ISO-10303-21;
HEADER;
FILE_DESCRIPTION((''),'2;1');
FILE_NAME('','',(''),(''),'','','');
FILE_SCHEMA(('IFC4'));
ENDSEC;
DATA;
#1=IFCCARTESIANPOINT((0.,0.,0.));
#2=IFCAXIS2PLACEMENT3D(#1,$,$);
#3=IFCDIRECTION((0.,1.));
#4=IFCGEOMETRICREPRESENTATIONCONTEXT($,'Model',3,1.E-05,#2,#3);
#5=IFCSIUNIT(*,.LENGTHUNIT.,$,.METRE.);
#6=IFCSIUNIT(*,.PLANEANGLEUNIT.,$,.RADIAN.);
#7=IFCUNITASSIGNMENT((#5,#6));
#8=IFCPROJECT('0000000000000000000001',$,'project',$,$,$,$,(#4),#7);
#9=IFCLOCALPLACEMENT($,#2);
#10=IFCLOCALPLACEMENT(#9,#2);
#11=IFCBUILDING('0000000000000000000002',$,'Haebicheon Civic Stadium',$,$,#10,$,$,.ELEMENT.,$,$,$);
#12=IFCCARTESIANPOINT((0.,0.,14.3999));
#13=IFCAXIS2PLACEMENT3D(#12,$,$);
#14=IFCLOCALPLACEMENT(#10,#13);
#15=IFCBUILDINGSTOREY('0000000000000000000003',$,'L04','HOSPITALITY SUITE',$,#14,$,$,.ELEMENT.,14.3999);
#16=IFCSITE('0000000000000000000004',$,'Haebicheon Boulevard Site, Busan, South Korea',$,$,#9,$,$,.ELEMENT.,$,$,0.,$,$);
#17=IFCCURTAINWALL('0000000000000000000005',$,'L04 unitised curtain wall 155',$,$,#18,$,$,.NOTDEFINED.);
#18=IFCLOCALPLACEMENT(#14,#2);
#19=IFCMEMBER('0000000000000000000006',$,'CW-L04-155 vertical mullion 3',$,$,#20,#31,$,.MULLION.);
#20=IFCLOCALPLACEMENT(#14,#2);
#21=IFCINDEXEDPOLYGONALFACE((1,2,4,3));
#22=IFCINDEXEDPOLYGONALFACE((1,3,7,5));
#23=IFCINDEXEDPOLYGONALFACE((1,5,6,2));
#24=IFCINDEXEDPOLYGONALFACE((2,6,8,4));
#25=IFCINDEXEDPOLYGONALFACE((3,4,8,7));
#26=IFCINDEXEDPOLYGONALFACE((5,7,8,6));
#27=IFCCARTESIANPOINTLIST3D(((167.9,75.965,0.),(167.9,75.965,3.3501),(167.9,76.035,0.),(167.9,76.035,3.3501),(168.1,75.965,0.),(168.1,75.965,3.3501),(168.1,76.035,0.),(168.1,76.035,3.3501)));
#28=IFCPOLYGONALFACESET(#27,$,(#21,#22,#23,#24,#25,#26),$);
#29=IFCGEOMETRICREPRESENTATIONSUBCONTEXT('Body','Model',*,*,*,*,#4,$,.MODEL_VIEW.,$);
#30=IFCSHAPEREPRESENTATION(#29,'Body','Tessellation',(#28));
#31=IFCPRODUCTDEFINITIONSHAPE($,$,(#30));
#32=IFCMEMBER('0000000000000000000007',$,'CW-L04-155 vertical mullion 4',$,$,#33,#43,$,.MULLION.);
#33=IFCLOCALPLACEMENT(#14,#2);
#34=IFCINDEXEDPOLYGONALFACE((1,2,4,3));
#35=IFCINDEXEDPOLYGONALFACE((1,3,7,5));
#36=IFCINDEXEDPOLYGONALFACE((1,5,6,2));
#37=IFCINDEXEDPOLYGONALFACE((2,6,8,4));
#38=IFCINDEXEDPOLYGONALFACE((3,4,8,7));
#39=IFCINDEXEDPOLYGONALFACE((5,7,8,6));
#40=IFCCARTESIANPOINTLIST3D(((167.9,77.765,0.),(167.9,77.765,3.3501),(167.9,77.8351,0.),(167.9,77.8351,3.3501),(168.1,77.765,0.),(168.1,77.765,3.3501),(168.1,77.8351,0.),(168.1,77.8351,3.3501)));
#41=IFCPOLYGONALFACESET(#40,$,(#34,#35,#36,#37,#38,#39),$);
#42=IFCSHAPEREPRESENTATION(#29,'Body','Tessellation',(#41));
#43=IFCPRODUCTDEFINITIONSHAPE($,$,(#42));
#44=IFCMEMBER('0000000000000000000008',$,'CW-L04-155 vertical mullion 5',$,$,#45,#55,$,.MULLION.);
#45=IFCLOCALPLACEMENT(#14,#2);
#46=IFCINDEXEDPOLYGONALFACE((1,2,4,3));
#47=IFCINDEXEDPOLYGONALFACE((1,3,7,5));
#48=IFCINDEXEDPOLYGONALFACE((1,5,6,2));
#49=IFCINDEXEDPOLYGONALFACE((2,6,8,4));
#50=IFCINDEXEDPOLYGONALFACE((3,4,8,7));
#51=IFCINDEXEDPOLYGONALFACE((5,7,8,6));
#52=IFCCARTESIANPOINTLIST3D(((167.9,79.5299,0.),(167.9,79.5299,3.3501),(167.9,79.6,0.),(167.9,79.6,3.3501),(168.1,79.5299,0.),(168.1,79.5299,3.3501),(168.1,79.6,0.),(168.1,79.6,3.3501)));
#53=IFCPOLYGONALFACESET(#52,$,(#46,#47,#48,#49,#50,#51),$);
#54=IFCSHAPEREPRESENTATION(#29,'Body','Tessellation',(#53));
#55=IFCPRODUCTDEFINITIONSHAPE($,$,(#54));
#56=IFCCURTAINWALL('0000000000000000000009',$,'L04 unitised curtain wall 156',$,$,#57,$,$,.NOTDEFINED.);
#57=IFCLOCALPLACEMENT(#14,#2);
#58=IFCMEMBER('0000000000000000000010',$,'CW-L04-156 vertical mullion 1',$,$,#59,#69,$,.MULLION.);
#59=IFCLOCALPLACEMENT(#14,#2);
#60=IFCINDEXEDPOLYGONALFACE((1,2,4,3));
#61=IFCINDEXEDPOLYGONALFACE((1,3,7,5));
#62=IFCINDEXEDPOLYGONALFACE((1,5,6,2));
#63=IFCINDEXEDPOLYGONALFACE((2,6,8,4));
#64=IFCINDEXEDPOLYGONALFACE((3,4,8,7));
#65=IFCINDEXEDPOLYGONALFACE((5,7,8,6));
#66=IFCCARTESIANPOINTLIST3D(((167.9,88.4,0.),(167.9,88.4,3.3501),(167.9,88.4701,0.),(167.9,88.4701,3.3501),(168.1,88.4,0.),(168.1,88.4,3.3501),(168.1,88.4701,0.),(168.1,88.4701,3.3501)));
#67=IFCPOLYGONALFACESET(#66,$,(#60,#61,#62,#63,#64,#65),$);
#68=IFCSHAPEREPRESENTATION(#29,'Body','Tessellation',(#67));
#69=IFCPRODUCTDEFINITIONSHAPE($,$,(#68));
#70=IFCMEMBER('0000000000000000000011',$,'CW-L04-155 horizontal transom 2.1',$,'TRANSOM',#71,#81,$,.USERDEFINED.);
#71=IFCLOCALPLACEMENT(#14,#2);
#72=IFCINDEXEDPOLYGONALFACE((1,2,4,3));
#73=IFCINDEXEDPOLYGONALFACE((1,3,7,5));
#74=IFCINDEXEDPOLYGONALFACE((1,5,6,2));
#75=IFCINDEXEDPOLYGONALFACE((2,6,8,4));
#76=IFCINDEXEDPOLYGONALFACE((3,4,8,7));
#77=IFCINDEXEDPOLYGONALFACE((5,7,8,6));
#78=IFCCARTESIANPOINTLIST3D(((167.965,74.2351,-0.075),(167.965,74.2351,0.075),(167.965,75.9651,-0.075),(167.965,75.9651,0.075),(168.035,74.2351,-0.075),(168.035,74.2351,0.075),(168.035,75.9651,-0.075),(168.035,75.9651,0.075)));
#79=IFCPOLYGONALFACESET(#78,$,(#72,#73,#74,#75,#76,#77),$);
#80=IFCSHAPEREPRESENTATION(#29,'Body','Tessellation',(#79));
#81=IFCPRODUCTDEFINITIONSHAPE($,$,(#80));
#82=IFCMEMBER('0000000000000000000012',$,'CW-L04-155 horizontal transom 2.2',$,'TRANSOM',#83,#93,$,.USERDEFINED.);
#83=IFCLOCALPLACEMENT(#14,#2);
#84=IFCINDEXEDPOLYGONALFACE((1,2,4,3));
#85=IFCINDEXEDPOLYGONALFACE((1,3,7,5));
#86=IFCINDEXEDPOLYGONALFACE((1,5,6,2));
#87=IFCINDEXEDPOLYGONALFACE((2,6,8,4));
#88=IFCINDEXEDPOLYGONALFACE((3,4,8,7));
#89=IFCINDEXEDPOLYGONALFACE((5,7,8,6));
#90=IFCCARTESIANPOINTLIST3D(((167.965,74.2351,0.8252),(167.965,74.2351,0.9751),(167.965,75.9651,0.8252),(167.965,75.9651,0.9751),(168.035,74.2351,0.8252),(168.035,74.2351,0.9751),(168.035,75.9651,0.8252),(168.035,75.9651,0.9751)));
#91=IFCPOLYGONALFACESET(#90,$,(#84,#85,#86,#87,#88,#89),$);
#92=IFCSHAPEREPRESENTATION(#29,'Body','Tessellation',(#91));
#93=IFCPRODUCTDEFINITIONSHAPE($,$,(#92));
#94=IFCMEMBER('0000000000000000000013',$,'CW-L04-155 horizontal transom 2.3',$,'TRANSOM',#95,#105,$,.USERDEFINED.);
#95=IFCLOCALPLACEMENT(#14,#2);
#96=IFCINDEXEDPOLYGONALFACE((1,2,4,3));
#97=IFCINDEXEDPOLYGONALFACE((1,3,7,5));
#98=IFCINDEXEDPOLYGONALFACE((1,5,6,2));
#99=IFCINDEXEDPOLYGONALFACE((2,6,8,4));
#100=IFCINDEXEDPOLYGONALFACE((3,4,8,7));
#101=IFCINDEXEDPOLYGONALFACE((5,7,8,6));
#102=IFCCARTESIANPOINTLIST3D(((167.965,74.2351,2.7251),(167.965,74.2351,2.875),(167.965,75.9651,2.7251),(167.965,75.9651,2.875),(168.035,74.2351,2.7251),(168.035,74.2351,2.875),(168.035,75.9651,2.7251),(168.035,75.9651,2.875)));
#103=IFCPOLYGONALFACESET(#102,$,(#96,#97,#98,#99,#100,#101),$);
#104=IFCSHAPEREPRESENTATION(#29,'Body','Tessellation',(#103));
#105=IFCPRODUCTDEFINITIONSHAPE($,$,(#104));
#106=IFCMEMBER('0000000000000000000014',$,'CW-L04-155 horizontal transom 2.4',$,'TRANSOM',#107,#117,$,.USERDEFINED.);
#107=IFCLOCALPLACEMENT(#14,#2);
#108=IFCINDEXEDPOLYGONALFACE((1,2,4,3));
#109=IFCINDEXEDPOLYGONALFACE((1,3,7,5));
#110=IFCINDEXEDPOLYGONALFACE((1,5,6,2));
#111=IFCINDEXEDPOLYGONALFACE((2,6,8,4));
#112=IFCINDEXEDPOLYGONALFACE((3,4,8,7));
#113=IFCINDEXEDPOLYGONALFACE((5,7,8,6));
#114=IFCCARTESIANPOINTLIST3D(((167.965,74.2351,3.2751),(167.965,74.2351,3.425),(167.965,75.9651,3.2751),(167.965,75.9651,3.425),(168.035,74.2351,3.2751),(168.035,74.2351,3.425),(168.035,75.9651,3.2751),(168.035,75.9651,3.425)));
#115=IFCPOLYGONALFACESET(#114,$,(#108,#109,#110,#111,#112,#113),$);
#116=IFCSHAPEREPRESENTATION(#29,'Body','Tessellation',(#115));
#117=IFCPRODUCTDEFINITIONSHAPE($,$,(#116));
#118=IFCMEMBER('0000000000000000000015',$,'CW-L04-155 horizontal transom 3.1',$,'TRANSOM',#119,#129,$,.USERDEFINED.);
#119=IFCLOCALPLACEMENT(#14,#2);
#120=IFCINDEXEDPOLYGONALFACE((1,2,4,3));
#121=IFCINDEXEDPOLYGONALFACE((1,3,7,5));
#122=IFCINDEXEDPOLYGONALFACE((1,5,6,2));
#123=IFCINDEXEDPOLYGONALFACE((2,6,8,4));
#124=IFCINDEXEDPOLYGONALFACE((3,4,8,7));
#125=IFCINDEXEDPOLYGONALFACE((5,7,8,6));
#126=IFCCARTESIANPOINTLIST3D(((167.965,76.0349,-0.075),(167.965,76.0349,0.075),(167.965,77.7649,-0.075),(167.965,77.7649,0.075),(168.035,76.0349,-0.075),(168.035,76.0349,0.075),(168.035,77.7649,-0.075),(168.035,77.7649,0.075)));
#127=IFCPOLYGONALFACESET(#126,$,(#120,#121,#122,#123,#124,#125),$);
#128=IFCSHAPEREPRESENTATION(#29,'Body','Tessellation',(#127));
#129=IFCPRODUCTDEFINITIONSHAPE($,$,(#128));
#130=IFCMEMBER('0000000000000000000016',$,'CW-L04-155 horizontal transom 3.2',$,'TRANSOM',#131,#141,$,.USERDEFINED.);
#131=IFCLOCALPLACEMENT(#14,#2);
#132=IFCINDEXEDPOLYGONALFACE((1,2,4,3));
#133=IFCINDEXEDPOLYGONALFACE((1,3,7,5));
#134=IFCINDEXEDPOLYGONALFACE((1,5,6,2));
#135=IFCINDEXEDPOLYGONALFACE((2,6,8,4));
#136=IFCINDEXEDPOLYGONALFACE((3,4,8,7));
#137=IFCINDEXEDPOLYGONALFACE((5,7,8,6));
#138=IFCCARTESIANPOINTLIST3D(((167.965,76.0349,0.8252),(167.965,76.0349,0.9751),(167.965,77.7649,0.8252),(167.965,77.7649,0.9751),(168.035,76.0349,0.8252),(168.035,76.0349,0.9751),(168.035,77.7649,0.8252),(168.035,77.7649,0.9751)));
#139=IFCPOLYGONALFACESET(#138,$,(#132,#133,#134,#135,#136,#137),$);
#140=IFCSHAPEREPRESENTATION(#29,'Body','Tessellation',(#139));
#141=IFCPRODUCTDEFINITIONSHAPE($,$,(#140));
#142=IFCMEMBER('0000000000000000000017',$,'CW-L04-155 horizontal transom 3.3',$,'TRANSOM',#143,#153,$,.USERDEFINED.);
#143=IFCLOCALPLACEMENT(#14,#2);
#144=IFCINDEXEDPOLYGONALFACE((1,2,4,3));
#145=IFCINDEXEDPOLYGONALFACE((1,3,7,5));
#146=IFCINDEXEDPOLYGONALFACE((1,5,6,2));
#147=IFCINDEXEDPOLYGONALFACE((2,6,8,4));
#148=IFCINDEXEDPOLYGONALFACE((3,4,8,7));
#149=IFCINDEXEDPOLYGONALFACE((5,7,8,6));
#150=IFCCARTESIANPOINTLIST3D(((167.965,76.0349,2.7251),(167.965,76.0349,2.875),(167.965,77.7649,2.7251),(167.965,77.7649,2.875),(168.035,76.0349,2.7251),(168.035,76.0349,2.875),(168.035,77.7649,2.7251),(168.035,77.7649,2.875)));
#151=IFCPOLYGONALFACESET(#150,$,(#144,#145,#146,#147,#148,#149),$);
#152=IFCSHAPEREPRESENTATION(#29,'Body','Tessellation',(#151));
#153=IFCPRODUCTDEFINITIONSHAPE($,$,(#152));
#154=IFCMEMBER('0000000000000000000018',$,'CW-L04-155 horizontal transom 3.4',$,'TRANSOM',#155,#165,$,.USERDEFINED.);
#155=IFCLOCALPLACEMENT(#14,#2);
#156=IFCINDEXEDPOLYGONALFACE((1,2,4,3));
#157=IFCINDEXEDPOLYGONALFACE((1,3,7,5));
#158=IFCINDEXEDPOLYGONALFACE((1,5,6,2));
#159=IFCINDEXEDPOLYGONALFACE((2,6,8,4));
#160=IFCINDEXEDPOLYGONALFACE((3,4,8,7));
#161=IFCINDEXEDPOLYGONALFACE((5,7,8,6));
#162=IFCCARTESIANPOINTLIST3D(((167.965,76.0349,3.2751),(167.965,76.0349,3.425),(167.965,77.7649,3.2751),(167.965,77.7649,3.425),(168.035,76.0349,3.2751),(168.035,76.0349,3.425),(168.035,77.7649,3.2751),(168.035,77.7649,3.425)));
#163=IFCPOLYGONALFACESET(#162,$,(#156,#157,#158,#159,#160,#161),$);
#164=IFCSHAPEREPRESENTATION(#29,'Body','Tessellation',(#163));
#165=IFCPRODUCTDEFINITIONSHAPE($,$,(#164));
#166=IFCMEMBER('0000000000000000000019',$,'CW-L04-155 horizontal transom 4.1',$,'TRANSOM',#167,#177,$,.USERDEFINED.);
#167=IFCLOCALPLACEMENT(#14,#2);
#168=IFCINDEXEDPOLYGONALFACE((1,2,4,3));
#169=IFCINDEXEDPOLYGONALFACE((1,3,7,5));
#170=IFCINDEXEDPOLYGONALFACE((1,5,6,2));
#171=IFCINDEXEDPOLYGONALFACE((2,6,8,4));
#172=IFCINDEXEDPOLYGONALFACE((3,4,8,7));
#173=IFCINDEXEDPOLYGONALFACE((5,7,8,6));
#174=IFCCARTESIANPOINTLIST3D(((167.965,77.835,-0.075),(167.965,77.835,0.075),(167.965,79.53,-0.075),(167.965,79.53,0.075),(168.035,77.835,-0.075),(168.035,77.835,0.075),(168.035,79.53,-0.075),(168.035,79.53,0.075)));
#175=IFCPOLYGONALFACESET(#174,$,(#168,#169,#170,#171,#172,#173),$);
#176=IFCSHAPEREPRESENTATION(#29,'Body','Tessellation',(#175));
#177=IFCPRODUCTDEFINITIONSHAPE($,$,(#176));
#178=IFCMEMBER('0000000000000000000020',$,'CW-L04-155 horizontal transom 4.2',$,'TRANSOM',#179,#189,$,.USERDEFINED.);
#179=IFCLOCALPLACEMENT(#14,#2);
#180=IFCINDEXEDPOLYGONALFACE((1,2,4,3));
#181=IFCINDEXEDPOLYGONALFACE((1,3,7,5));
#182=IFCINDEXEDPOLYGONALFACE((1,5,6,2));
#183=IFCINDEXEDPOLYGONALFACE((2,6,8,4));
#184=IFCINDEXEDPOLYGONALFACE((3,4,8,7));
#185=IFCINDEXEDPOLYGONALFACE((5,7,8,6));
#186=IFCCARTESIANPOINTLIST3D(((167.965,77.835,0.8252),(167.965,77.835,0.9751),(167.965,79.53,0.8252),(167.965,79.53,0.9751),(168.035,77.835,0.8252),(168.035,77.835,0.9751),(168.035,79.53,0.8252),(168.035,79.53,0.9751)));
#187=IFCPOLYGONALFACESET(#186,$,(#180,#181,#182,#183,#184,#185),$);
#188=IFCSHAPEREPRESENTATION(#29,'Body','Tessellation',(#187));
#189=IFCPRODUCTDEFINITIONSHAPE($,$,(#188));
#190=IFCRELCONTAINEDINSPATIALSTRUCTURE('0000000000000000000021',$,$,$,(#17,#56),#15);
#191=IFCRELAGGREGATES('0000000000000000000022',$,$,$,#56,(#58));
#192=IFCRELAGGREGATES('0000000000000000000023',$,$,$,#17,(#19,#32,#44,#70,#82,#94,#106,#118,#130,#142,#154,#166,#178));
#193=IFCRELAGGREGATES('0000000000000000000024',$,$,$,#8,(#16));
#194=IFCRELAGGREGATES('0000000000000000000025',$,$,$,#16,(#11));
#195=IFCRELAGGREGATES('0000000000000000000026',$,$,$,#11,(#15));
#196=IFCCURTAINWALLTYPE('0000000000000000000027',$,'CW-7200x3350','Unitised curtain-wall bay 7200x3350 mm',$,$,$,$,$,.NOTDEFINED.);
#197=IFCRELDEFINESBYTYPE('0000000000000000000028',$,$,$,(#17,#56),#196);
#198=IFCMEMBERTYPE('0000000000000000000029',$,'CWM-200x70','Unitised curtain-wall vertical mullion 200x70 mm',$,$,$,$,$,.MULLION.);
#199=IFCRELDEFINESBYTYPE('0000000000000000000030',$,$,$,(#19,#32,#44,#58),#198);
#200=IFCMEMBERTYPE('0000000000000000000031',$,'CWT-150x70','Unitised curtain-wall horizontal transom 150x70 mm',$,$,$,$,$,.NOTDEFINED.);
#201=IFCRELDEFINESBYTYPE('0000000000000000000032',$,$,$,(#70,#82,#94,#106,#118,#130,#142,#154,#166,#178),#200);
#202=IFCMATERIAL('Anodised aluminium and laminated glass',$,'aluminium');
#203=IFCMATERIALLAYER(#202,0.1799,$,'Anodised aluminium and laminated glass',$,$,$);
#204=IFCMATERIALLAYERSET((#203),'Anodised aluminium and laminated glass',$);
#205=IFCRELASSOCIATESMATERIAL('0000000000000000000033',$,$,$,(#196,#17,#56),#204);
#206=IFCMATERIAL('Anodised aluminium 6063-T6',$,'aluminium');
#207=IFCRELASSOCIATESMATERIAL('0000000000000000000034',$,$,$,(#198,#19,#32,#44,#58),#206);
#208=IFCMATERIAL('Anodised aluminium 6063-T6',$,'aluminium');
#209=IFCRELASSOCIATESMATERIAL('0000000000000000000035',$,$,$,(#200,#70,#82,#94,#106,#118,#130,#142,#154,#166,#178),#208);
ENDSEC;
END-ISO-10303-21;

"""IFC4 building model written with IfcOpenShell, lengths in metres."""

from ifc_helpers import new_model, si_unit, direction, frame, origin, origin_2d, place, context, subcontext, project, spatial, rectangle, extrude, material, layer, layer_set, material_profile, profile_set, type_object, element, aggregate, save


model = new_model("IFC4")

# Units and contexts
model_context = context("Model", 3, precision=1e-05, world=origin(), true_north=direction((0.0, 1.0)))
body_context = subcontext(model_context, "Body", "Model", "MODEL_VIEW")
ifc_project = project(units=[si_unit("LENGTHUNIT", "METRE"), si_unit("PLANEANGLEUNIT", "RADIAN")], contexts=[model_context])

# Site, building, storey
site_placement = place(None, origin())
site = spatial("IfcSite", under=ifc_project, at=site_placement, Name="Haebicheon Boulevard Site, Busan, South Korea", CompositionType="ELEMENT", RefElevation=0.0)
building_placement = place(site_placement, origin())
building = spatial("IfcBuilding", under=site, at=building_placement, Name="Haebicheon Civic Stadium", CompositionType="ELEMENT")
storey_placement = place(building_placement, frame((0.0, 0.0, 14.3999)))
storey = spatial("IfcBuildingStorey", under=building, at=storey_placement, Name="L04", Description="HOSPITALITY SUITE", CompositionType="ELEMENT", Elevation=14.3999)

# Curtain wall, members
ifc_material_1 = material(Name="Anodised aluminium and laminated glass", Category="aluminium")
ifc_layer_1 = layer(ifc_material_1, 0.1799, Name="Anodised aluminium and laminated glass")
ifc_layer_set_1 = layer_set([ifc_layer_1], Name="Anodised aluminium and laminated glass")
curtain_wall_type = type_object("IfcCurtainWallType", Name="CW-7200x3350", Description="Unitised curtain-wall bay 7200x3350 mm", PredefinedType="NOTDEFINED", material=ifc_layer_set_1)
curtain_wall_1_placement = place(storey_placement, origin())
curtain_wall_1 = element("IfcCurtainWall", 1, at=curtain_wall_1_placement, inside=storey, type_object=curtain_wall_type, material=ifc_layer_set_1, Name="L04 unitised curtain wall 155", PredefinedType="NOTDEFINED")
ifc_material_2 = material(Name="Anodised aluminium 6063-T6", Category="aluminium")
ifc_material_profile_1 = material_profile(ifc_material_2, rectangle(XDim=0.0701, YDim=0.2, at=origin_2d()), Name="ALU-MULL-70x200")
ifc_profile_set_1 = profile_set([ifc_material_profile_1], Name="Anodised aluminium 6063-T6")
member_type_1 = type_object("IfcMemberType", Name="CWM-200x70", Description="Unitised curtain-wall vertical mullion 200x70 mm", PredefinedType="MULLION", material=ifc_profile_set_1)
member_1_placement = place(storey_placement, frame((168.0, 76.0, 0.0), z_axis=(0.0, 0.0, 1.0), x_axis=(0.0, 1.0, 0.0)))
member_1 = element("IfcMember", 2, at=member_1_placement, type_object=member_type_1, material=ifc_profile_set_1, Name="CW-L04-155 vertical mullion 3", PredefinedType="MULLION", context=body_context, shape_type="SweptSolid", body=[
    extrude(rectangle(XDim=0.0701, YDim=0.2, at=origin_2d()), origin(), (0.0, 0.0, 1.0), 3.3501),
])
member_2_placement = place(storey_placement, frame((168.0, 77.8, 0.0), z_axis=(0.0, 0.0, 1.0), x_axis=(0.0, 1.0, 0.0)))
member_2 = element("IfcMember", 3, at=member_2_placement, type_object=member_type_1, material=ifc_profile_set_1, Name="CW-L04-155 vertical mullion 4", PredefinedType="MULLION", context=body_context, shape_type="SweptSolid", body=[
    extrude(rectangle(XDim=0.0701, YDim=0.2, at=origin_2d()), origin(), (0.0, 0.0, 1.0), 3.3501),
])
member_3_placement = place(storey_placement, frame((168.0, 79.5649, 0.0), z_axis=(0.0, 0.0, 1.0), x_axis=(0.0, 1.0, 0.0)))
member_3 = element("IfcMember", 4, at=member_3_placement, type_object=member_type_1, material=ifc_profile_set_1, Name="CW-L04-155 vertical mullion 5", PredefinedType="MULLION", context=body_context, shape_type="SweptSolid", body=[
    extrude(rectangle(XDim=0.0701, YDim=0.2, at=origin_2d()), origin(), (0.0, 0.0, 1.0), 3.3501),
])

# Curtain wall, member
curtain_wall_2_placement = place(storey_placement, origin())
curtain_wall_2 = element("IfcCurtainWall", 5, at=curtain_wall_2_placement, inside=storey, type_object=curtain_wall_type, material=ifc_layer_set_1, Name="L04 unitised curtain wall 156", PredefinedType="NOTDEFINED")
member_4_placement = place(storey_placement, frame((168.0, 88.4351, 0.0), z_axis=(0.0, 0.0, 1.0), x_axis=(0.0, 1.0, 0.0)))
member_4 = element("IfcMember", 6, at=member_4_placement, type_object=member_type_1, material=ifc_profile_set_1, Name="CW-L04-156 vertical mullion 1", PredefinedType="MULLION", context=body_context, shape_type="SweptSolid", body=[
    extrude(rectangle(XDim=0.0701, YDim=0.2, at=origin_2d()), origin(), (0.0, 0.0, 1.0), 3.3501),
])

# Members
ifc_material_3 = material(Name="Anodised aluminium 6063-T6", Category="aluminium")
ifc_material_profile_2 = material_profile(ifc_material_3, rectangle(XDim=0.0701, YDim=0.1499, at=origin_2d()), Name="ALU-TRAN-70x150")
ifc_profile_set_2 = profile_set([ifc_material_profile_2], Name="Anodised aluminium 6063-T6")
member_type_2 = type_object("IfcMemberType", Name="CWT-150x70", Description="Unitised curtain-wall horizontal transom 150x70 mm", PredefinedType="NOTDEFINED", material=ifc_profile_set_2)
member_5_placement = place(storey_placement, frame((168.0, 74.2351, 0.0), z_axis=(0.0, 1.0, 0.0), x_axis=(-1.0, 0.0, 0.0)))
member_5 = element("IfcMember", 7, at=member_5_placement, type_object=member_type_2, material=ifc_profile_set_2, Name="CW-L04-155 horizontal transom 2.1", ObjectType="TRANSOM", PredefinedType="USERDEFINED", context=body_context, shape_type="SweptSolid", body=[
    extrude(rectangle(XDim=0.0701, YDim=0.1499, at=origin_2d()), origin(), (0.0, 0.0, 1.0), 1.73),
])
member_6_placement = place(storey_placement, frame((168.0, 74.2351, 0.9001), z_axis=(0.0, 1.0, 0.0), x_axis=(-1.0, 0.0, 0.0)))
member_6 = element("IfcMember", 8, at=member_6_placement, type_object=member_type_2, material=ifc_profile_set_2, Name="CW-L04-155 horizontal transom 2.2", ObjectType="TRANSOM", PredefinedType="USERDEFINED", context=body_context, shape_type="SweptSolid", body=[
    extrude(rectangle(XDim=0.0701, YDim=0.1499, at=origin_2d()), origin(), (0.0, 0.0, 1.0), 1.73),
])
member_7_placement = place(storey_placement, frame((168.0, 74.2351, 2.8), z_axis=(0.0, 1.0, 0.0), x_axis=(-1.0, 0.0, 0.0)))
member_7 = element("IfcMember", 9, at=member_7_placement, type_object=member_type_2, material=ifc_profile_set_2, Name="CW-L04-155 horizontal transom 2.3", ObjectType="TRANSOM", PredefinedType="USERDEFINED", context=body_context, shape_type="SweptSolid", body=[
    extrude(rectangle(XDim=0.0701, YDim=0.1499, at=origin_2d()), origin(), (0.0, 0.0, 1.0), 1.73),
])
member_8_placement = place(storey_placement, frame((168.0, 74.2351, 3.3501), z_axis=(0.0, 1.0, 0.0), x_axis=(-1.0, 0.0, 0.0)))
member_8 = element("IfcMember", 10, at=member_8_placement, type_object=member_type_2, material=ifc_profile_set_2, Name="CW-L04-155 horizontal transom 2.4", ObjectType="TRANSOM", PredefinedType="USERDEFINED", context=body_context, shape_type="SweptSolid", body=[
    extrude(rectangle(XDim=0.0701, YDim=0.1499, at=origin_2d()), origin(), (0.0, 0.0, 1.0), 1.73),
])
member_9_placement = place(storey_placement, frame((168.0, 76.0349, 0.0), z_axis=(0.0, 1.0, 0.0), x_axis=(-1.0, 0.0, 0.0)))
member_9 = element("IfcMember", 11, at=member_9_placement, type_object=member_type_2, material=ifc_profile_set_2, Name="CW-L04-155 horizontal transom 3.1", ObjectType="TRANSOM", PredefinedType="USERDEFINED", context=body_context, shape_type="SweptSolid", body=[
    extrude(rectangle(XDim=0.0701, YDim=0.1499, at=origin_2d()), origin(), (0.0, 0.0, 1.0), 1.73),
])
member_10_placement = place(storey_placement, frame((168.0, 76.0349, 0.9001), z_axis=(0.0, 1.0, 0.0), x_axis=(-1.0, 0.0, 0.0)))
member_10 = element("IfcMember", 12, at=member_10_placement, type_object=member_type_2, material=ifc_profile_set_2, Name="CW-L04-155 horizontal transom 3.2", ObjectType="TRANSOM", PredefinedType="USERDEFINED", context=body_context, shape_type="SweptSolid", body=[
    extrude(rectangle(XDim=0.0701, YDim=0.1499, at=origin_2d()), origin(), (0.0, 0.0, 1.0), 1.73),
])
member_11_placement = place(storey_placement, frame((168.0, 76.0349, 2.8), z_axis=(0.0, 1.0, 0.0), x_axis=(-1.0, 0.0, 0.0)))
member_11 = element("IfcMember", 13, at=member_11_placement, type_object=member_type_2, material=ifc_profile_set_2, Name="CW-L04-155 horizontal transom 3.3", ObjectType="TRANSOM", PredefinedType="USERDEFINED", context=body_context, shape_type="SweptSolid", body=[
    extrude(rectangle(XDim=0.0701, YDim=0.1499, at=origin_2d()), origin(), (0.0, 0.0, 1.0), 1.73),
])
member_12_placement = place(storey_placement, frame((168.0, 76.0349, 3.3501), z_axis=(0.0, 1.0, 0.0), x_axis=(-1.0, 0.0, 0.0)))
member_12 = element("IfcMember", 14, at=member_12_placement, type_object=member_type_2, material=ifc_profile_set_2, Name="CW-L04-155 horizontal transom 3.4", ObjectType="TRANSOM", PredefinedType="USERDEFINED", context=body_context, shape_type="SweptSolid", body=[
    extrude(rectangle(XDim=0.0701, YDim=0.1499, at=origin_2d()), origin(), (0.0, 0.0, 1.0), 1.73),
])
member_13_placement = place(storey_placement, frame((168.0, 77.835, 0.0), z_axis=(0.0, 1.0, 0.0), x_axis=(-1.0, 0.0, 0.0)))
member_13 = element("IfcMember", 15, at=member_13_placement, type_object=member_type_2, material=ifc_profile_set_2, Name="CW-L04-155 horizontal transom 4.1", ObjectType="TRANSOM", PredefinedType="USERDEFINED", context=body_context, shape_type="SweptSolid", body=[
    extrude(rectangle(XDim=0.0701, YDim=0.1499, at=origin_2d()), origin(), (0.0, 0.0, 1.0), 1.6951),
])
member_14_placement = place(storey_placement, frame((168.0, 77.835, 0.9001), z_axis=(0.0, 1.0, 0.0), x_axis=(-1.0, 0.0, 0.0)))
member_14 = element("IfcMember", 16, at=member_14_placement, type_object=member_type_2, material=ifc_profile_set_2, Name="CW-L04-155 horizontal transom 4.2", ObjectType="TRANSOM", PredefinedType="USERDEFINED", context=body_context, shape_type="SweptSolid", body=[
    extrude(rectangle(XDim=0.0701, YDim=0.1499, at=origin_2d()), origin(), (0.0, 0.0, 1.0), 1.6951),
])
aggregate(curtain_wall_2, [member_4])

aggregate(curtain_wall_1, [member_1, member_2, member_3, member_5, member_6, member_7, member_8, member_9, member_10, member_11, member_12, member_13, member_14])

save(model, "model.ifc")
